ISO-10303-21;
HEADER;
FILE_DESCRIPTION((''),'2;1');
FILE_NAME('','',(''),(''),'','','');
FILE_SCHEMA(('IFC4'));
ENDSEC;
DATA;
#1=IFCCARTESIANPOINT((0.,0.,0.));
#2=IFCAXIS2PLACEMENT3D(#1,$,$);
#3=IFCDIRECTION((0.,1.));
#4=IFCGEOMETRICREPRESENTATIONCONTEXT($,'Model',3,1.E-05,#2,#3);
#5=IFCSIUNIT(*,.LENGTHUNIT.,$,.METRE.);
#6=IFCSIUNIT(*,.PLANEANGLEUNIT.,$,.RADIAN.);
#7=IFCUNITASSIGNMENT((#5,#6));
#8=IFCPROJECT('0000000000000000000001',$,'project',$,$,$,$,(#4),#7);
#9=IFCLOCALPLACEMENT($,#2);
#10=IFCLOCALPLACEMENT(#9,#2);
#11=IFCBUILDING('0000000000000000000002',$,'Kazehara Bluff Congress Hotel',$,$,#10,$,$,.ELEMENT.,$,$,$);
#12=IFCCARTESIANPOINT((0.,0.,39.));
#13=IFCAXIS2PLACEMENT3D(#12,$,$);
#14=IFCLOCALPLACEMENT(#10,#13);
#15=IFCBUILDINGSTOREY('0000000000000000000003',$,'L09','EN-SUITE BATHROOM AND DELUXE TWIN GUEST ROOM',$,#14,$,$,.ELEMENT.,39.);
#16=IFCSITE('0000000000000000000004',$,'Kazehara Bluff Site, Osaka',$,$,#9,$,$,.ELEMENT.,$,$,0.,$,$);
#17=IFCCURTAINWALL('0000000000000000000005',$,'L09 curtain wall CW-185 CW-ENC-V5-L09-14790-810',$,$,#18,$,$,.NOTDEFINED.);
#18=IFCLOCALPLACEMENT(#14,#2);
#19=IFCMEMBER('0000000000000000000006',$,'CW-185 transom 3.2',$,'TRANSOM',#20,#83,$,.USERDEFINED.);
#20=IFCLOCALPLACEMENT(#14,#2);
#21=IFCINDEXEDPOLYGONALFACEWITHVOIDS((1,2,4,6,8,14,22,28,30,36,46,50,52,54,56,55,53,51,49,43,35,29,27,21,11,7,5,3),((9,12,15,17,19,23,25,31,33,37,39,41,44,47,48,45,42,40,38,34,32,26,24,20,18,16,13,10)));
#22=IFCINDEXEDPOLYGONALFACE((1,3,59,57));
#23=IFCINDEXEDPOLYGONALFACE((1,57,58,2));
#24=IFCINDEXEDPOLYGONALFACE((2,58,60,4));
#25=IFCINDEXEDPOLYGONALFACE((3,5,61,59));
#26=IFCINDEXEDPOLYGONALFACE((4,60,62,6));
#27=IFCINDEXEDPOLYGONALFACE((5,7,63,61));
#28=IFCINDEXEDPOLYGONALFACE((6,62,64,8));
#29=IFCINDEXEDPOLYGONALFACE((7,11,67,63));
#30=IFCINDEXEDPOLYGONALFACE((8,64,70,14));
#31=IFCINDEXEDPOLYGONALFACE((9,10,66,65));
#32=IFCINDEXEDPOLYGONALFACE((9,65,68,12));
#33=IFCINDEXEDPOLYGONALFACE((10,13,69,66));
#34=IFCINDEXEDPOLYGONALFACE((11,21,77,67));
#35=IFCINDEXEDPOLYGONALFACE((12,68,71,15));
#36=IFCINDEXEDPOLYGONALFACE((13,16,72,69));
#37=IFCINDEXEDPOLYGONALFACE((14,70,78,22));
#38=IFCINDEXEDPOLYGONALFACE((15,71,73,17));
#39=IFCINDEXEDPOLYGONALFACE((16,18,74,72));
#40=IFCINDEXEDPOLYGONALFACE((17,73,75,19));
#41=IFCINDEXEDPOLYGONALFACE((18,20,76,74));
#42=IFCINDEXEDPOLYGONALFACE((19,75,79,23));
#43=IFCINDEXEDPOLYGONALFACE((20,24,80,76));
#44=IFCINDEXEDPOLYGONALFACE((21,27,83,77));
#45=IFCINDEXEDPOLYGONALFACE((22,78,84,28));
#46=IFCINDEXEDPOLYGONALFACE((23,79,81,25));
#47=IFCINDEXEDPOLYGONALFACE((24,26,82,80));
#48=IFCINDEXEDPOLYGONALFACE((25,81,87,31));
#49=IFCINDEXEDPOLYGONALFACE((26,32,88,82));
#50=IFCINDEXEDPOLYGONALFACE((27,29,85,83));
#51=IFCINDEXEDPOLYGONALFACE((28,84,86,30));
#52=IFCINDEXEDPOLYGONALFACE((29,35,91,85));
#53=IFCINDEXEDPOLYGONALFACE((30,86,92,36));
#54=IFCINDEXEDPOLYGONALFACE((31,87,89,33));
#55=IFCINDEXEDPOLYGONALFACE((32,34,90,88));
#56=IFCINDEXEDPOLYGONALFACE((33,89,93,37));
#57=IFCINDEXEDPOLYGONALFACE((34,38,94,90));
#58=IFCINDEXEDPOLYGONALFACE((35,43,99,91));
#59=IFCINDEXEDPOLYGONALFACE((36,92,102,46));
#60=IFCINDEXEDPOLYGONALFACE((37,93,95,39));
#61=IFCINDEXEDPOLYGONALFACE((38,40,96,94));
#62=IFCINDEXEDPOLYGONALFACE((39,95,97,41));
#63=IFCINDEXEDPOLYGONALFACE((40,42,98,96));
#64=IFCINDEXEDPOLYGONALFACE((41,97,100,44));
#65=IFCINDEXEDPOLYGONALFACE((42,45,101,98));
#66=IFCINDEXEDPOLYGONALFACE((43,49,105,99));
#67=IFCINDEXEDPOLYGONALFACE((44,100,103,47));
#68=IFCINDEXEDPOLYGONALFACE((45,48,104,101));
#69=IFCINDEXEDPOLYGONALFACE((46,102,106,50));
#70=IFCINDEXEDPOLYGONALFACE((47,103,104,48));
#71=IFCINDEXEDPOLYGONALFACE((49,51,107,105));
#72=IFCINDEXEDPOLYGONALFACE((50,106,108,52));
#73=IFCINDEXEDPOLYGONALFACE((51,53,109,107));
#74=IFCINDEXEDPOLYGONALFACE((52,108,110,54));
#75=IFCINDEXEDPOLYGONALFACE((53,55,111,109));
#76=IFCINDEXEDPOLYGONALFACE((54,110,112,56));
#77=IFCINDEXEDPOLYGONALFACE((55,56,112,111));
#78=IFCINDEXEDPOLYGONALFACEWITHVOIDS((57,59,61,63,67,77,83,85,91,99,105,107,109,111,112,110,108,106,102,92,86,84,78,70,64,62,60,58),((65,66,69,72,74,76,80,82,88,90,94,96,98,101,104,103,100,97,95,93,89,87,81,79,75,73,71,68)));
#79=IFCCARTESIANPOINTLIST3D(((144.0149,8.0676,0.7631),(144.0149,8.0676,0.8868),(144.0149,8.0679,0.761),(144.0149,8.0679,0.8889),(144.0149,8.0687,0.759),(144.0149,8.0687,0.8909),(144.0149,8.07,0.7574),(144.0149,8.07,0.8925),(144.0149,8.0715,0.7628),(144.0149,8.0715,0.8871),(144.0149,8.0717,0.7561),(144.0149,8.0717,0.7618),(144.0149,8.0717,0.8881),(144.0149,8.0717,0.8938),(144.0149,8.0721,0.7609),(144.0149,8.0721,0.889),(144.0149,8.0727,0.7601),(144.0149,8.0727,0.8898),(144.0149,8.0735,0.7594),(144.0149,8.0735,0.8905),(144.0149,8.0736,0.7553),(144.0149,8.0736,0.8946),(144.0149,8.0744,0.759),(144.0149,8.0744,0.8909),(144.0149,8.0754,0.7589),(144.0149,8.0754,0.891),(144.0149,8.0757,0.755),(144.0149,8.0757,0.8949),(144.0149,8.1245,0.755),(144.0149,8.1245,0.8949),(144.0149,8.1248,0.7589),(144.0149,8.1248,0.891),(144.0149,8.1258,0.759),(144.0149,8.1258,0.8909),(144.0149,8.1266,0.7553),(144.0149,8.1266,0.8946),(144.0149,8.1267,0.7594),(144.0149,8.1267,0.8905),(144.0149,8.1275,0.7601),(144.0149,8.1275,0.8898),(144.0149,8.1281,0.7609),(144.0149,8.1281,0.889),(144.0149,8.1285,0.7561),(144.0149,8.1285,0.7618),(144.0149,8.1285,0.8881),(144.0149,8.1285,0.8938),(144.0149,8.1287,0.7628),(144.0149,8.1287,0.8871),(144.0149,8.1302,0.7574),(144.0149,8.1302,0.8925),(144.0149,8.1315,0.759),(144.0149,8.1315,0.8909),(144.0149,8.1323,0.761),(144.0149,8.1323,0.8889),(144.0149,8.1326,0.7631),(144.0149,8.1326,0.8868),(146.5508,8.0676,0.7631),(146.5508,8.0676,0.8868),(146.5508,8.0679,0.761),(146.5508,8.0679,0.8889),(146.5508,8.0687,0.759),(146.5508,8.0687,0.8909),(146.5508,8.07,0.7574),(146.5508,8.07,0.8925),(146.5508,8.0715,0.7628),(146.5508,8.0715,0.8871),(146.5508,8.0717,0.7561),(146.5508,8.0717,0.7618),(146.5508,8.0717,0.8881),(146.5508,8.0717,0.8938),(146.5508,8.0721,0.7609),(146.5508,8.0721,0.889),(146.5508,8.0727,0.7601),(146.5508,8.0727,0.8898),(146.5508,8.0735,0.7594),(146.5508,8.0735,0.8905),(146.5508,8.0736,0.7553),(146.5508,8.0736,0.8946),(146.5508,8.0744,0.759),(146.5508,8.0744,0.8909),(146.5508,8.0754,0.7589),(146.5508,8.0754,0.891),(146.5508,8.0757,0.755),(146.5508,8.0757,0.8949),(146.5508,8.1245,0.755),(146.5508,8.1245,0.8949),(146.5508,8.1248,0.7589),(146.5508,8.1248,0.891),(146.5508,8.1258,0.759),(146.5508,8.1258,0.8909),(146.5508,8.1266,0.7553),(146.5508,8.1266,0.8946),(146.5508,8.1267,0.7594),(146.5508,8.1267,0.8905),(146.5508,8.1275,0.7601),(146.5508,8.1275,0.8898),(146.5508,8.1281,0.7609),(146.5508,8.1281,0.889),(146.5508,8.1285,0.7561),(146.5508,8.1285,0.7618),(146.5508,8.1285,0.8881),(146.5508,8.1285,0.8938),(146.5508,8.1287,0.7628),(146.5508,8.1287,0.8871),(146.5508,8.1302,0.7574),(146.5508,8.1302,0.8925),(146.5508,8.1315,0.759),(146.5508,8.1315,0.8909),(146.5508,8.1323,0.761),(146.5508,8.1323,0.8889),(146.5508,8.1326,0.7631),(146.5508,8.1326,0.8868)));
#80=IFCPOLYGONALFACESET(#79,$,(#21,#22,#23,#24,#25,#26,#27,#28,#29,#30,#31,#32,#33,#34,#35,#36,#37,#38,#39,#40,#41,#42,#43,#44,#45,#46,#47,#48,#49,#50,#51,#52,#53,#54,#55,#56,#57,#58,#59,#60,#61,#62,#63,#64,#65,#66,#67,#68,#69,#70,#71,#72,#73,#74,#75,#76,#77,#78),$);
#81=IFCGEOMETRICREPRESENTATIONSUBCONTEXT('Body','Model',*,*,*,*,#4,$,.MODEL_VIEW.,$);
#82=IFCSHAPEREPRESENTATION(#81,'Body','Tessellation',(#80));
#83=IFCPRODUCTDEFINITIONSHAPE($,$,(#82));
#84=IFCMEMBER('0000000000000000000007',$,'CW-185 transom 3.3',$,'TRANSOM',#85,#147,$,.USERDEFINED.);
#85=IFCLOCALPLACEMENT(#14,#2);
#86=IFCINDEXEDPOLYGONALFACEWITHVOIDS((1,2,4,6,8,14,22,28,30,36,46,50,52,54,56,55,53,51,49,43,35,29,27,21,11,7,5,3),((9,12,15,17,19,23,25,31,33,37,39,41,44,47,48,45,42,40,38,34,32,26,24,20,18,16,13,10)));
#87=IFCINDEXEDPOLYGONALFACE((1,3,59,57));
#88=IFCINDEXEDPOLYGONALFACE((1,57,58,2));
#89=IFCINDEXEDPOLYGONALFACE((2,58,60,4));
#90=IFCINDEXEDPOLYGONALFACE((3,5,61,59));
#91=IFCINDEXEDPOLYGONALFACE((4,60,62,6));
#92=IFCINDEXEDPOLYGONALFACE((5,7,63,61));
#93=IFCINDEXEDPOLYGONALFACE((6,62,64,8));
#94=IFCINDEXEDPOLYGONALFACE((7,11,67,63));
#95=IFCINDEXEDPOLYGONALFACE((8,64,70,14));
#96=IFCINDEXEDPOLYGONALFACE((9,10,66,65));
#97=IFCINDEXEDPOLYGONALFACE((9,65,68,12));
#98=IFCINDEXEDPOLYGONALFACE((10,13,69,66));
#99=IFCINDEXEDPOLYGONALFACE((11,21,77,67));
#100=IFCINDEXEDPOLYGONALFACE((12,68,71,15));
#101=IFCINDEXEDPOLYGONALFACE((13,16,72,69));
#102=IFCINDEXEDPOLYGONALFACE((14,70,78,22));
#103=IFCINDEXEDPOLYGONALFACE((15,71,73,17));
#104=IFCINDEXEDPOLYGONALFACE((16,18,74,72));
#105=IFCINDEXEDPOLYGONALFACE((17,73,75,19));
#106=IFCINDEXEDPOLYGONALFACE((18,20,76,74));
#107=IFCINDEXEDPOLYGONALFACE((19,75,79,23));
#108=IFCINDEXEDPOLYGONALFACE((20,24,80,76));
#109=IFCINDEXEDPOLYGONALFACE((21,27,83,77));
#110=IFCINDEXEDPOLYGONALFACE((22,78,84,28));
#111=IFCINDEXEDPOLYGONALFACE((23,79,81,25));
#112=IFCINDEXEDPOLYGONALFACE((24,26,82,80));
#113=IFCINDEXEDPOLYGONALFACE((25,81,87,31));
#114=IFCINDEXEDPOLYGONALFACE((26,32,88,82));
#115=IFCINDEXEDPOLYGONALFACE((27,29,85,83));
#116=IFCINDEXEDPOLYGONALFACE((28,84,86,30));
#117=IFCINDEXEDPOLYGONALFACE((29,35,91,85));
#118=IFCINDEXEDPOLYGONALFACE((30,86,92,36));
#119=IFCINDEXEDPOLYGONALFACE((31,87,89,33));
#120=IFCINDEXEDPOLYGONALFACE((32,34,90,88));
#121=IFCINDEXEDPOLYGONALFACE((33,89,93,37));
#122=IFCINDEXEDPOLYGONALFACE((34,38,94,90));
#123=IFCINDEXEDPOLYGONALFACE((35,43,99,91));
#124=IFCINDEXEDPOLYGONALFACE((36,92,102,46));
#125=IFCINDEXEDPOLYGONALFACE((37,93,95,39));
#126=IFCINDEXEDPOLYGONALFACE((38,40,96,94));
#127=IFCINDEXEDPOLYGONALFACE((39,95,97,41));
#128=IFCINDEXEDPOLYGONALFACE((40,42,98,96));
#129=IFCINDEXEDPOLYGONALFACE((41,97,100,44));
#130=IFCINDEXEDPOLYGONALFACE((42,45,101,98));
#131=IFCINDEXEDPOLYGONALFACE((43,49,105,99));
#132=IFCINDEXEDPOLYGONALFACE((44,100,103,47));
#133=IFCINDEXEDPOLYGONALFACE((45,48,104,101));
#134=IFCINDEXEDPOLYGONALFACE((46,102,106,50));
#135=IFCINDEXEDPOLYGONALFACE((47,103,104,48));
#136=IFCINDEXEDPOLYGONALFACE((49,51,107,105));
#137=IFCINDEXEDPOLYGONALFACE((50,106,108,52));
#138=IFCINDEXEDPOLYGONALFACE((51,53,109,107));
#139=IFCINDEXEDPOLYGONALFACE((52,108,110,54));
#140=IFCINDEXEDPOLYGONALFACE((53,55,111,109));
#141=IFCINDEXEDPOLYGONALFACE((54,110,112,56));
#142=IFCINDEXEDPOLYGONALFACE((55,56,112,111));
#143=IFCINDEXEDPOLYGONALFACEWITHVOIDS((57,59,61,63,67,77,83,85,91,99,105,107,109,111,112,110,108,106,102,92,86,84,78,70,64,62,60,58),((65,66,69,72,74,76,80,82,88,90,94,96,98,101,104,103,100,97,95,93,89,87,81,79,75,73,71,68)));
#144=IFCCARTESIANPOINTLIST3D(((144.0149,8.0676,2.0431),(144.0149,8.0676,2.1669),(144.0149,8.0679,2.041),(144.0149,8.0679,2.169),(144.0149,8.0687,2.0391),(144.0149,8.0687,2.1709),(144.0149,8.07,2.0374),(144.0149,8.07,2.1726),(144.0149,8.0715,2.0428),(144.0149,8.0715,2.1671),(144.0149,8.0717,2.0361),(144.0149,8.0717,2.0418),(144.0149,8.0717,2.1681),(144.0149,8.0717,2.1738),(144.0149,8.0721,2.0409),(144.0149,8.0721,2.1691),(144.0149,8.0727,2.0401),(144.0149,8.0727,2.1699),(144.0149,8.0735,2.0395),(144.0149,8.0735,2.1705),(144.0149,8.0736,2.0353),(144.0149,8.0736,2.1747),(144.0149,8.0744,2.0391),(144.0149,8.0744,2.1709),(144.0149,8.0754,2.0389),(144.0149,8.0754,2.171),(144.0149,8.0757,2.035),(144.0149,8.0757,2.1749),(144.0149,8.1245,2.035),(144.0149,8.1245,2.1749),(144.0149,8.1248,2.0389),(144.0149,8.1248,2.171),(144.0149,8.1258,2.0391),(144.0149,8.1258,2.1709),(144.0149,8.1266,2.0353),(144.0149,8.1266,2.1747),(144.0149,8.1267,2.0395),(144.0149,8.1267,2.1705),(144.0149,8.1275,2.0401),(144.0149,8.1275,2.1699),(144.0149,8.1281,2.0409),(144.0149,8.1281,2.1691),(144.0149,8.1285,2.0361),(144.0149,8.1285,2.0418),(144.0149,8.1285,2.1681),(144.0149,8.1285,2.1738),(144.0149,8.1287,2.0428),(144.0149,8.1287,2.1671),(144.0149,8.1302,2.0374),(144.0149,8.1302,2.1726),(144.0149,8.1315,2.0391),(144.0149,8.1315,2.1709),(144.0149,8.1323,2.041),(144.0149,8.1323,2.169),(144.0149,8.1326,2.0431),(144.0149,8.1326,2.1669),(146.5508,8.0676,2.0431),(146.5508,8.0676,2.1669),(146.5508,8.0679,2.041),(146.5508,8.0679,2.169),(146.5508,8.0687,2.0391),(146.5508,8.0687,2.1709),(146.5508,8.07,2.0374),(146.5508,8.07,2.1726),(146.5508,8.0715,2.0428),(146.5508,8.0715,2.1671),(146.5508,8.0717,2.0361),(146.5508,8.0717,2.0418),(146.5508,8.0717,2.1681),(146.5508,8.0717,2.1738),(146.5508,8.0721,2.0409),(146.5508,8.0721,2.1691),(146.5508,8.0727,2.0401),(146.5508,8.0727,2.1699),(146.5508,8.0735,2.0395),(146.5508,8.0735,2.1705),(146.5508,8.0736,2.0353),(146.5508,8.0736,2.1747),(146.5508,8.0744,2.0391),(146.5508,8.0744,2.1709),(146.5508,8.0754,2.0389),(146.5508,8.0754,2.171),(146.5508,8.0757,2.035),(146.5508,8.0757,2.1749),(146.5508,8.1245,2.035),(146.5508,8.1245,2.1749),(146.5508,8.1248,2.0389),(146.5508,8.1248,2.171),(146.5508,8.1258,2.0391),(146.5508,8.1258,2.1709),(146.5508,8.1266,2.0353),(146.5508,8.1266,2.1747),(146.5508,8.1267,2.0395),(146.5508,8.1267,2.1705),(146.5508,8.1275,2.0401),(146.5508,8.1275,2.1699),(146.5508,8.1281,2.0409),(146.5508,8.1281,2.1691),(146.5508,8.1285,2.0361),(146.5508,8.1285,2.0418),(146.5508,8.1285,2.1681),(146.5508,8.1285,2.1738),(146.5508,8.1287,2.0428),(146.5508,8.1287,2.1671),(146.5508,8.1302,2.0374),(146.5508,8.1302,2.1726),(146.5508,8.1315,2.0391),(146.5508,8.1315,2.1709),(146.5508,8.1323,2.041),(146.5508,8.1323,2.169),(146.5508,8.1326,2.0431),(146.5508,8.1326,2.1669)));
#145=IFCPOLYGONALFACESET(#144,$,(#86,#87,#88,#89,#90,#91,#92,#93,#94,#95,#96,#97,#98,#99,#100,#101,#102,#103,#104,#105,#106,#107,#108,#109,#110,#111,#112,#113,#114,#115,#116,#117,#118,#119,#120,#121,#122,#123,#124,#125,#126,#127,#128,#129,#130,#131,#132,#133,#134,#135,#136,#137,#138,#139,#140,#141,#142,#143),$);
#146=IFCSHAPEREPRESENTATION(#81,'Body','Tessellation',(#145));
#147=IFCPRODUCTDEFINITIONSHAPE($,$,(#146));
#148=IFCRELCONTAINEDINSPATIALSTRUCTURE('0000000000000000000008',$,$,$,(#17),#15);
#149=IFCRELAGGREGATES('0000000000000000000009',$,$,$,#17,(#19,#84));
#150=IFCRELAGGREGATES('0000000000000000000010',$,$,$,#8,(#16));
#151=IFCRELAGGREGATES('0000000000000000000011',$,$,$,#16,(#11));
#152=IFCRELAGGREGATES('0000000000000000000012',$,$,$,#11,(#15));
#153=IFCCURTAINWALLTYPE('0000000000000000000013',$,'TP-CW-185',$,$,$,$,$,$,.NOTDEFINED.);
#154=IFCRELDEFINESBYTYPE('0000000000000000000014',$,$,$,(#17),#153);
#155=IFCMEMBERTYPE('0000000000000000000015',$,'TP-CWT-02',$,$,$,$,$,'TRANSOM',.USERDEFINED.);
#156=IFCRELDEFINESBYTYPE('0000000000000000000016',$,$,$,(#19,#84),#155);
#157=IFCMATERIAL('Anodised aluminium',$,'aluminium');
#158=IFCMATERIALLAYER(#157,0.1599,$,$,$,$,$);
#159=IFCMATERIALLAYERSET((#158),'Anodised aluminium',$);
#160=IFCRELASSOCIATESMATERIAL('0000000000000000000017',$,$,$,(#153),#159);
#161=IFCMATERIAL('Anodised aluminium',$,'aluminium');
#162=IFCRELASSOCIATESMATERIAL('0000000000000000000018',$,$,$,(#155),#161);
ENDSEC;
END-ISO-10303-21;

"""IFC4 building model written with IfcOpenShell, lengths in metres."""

from ifc_helpers import new_model, si_unit, direction, frame, origin, origin_2d, place, context, subcontext, project, spatial, hollow_rectangle, extrude, material, layer, layer_set, material_profile, profile_set, type_object, element, aggregate, save


model = new_model("IFC4")

# Units and contexts
model_context = context("Model", 3, precision=1e-05, world=origin(), true_north=direction((0.0, 1.0)))
body_context = subcontext(model_context, "Body", "Model", "MODEL_VIEW")
ifc_project = project(units=[si_unit("LENGTHUNIT", "METRE"), si_unit("PLANEANGLEUNIT", "RADIAN")], contexts=[model_context])

# Site, building, storey
site_placement = place(None, origin())
site = spatial("IfcSite", under=ifc_project, at=site_placement, Name="Kazehara Bluff Site, Osaka", CompositionType="ELEMENT", RefElevation=0.0)
building_placement = place(site_placement, origin())
building = spatial("IfcBuilding", under=site, at=building_placement, Name="Kazehara Bluff Congress Hotel", CompositionType="ELEMENT")
storey_placement = place(building_placement, frame((0.0, 0.0, 39.0)))
storey = spatial("IfcBuildingStorey", under=building, at=storey_placement, Name="L09", Description="EN-SUITE BATHROOM AND DELUXE TWIN GUEST ROOM", CompositionType="ELEMENT", Elevation=39.0)

# Curtain wall, members
ifc_material_1 = material(Name="Anodised aluminium", Category="aluminium")
ifc_layer_1 = layer(ifc_material_1, 0.1599)
ifc_layer_set_1 = layer_set([ifc_layer_1], Name="Anodised aluminium")
curtain_wall_type = type_object("IfcCurtainWallType", Name="TP-CW-185", PredefinedType="NOTDEFINED", material=ifc_layer_set_1)
curtain_wall_placement = place(storey_placement, origin())
curtain_wall = element("IfcCurtainWall", 1, at=curtain_wall_placement, inside=storey, type_object=curtain_wall_type, Name="L09 curtain wall CW-185 CW-ENC-V5-L09-14790-810", PredefinedType="NOTDEFINED")
ifc_material_2 = material(Name="Anodised aluminium", Category="aluminium")
ifc_material_profile_1 = material_profile(ifc_material_2, hollow_rectangle(XDim=0.0649, YDim=0.1399, WallThickness=0.0039, InnerFilletRadius=0.0039, OuterFilletRadius=0.0081, at=origin_2d()))
ifc_profile_set_1 = profile_set([ifc_material_profile_1], Name="Anodised aluminium")
member_type_1 = type_object("IfcMemberType", Name="TP-CWT-02", ElementType="TRANSOM", PredefinedType="USERDEFINED", material=ifc_profile_set_1)
member_1_placement = place(storey_placement, frame((146.5508, 8.1001, 0.825), z_axis=(-1.0, 0.0, 0.0), x_axis=(0.0, -1.0, 0.0)))
member_1 = element("IfcMember", 2, at=member_1_placement, type_object=member_type_1, Name="CW-185 transom 3.2", ObjectType="TRANSOM", PredefinedType="USERDEFINED", context=body_context, shape_type="SweptSolid", body=[
    extrude(hollow_rectangle(XDim=0.0649, YDim=0.1399, WallThickness=0.0039, InnerFilletRadius=0.0039, OuterFilletRadius=0.0081, at=origin_2d()), origin(), (0.0, 0.0, 1.0), 2.5359),
])
member_2_placement = place(storey_placement, frame((146.5508, 8.1001, 2.105), z_axis=(-1.0, 0.0, 0.0), x_axis=(0.0, -1.0, 0.0)))
member_2 = element("IfcMember", 3, at=member_2_placement, type_object=member_type_1, Name="CW-185 transom 3.3", ObjectType="TRANSOM", PredefinedType="USERDEFINED", context=body_context, shape_type="SweptSolid", body=[
    extrude(hollow_rectangle(XDim=0.0649, YDim=0.1399, WallThickness=0.0039, InnerFilletRadius=0.0039, OuterFilletRadius=0.0081, at=origin_2d()), origin(), (0.0, 0.0, 1.0), 2.5359),
])

aggregate(curtain_wall, [member_1, member_2])

save(model, "model.ifc")
